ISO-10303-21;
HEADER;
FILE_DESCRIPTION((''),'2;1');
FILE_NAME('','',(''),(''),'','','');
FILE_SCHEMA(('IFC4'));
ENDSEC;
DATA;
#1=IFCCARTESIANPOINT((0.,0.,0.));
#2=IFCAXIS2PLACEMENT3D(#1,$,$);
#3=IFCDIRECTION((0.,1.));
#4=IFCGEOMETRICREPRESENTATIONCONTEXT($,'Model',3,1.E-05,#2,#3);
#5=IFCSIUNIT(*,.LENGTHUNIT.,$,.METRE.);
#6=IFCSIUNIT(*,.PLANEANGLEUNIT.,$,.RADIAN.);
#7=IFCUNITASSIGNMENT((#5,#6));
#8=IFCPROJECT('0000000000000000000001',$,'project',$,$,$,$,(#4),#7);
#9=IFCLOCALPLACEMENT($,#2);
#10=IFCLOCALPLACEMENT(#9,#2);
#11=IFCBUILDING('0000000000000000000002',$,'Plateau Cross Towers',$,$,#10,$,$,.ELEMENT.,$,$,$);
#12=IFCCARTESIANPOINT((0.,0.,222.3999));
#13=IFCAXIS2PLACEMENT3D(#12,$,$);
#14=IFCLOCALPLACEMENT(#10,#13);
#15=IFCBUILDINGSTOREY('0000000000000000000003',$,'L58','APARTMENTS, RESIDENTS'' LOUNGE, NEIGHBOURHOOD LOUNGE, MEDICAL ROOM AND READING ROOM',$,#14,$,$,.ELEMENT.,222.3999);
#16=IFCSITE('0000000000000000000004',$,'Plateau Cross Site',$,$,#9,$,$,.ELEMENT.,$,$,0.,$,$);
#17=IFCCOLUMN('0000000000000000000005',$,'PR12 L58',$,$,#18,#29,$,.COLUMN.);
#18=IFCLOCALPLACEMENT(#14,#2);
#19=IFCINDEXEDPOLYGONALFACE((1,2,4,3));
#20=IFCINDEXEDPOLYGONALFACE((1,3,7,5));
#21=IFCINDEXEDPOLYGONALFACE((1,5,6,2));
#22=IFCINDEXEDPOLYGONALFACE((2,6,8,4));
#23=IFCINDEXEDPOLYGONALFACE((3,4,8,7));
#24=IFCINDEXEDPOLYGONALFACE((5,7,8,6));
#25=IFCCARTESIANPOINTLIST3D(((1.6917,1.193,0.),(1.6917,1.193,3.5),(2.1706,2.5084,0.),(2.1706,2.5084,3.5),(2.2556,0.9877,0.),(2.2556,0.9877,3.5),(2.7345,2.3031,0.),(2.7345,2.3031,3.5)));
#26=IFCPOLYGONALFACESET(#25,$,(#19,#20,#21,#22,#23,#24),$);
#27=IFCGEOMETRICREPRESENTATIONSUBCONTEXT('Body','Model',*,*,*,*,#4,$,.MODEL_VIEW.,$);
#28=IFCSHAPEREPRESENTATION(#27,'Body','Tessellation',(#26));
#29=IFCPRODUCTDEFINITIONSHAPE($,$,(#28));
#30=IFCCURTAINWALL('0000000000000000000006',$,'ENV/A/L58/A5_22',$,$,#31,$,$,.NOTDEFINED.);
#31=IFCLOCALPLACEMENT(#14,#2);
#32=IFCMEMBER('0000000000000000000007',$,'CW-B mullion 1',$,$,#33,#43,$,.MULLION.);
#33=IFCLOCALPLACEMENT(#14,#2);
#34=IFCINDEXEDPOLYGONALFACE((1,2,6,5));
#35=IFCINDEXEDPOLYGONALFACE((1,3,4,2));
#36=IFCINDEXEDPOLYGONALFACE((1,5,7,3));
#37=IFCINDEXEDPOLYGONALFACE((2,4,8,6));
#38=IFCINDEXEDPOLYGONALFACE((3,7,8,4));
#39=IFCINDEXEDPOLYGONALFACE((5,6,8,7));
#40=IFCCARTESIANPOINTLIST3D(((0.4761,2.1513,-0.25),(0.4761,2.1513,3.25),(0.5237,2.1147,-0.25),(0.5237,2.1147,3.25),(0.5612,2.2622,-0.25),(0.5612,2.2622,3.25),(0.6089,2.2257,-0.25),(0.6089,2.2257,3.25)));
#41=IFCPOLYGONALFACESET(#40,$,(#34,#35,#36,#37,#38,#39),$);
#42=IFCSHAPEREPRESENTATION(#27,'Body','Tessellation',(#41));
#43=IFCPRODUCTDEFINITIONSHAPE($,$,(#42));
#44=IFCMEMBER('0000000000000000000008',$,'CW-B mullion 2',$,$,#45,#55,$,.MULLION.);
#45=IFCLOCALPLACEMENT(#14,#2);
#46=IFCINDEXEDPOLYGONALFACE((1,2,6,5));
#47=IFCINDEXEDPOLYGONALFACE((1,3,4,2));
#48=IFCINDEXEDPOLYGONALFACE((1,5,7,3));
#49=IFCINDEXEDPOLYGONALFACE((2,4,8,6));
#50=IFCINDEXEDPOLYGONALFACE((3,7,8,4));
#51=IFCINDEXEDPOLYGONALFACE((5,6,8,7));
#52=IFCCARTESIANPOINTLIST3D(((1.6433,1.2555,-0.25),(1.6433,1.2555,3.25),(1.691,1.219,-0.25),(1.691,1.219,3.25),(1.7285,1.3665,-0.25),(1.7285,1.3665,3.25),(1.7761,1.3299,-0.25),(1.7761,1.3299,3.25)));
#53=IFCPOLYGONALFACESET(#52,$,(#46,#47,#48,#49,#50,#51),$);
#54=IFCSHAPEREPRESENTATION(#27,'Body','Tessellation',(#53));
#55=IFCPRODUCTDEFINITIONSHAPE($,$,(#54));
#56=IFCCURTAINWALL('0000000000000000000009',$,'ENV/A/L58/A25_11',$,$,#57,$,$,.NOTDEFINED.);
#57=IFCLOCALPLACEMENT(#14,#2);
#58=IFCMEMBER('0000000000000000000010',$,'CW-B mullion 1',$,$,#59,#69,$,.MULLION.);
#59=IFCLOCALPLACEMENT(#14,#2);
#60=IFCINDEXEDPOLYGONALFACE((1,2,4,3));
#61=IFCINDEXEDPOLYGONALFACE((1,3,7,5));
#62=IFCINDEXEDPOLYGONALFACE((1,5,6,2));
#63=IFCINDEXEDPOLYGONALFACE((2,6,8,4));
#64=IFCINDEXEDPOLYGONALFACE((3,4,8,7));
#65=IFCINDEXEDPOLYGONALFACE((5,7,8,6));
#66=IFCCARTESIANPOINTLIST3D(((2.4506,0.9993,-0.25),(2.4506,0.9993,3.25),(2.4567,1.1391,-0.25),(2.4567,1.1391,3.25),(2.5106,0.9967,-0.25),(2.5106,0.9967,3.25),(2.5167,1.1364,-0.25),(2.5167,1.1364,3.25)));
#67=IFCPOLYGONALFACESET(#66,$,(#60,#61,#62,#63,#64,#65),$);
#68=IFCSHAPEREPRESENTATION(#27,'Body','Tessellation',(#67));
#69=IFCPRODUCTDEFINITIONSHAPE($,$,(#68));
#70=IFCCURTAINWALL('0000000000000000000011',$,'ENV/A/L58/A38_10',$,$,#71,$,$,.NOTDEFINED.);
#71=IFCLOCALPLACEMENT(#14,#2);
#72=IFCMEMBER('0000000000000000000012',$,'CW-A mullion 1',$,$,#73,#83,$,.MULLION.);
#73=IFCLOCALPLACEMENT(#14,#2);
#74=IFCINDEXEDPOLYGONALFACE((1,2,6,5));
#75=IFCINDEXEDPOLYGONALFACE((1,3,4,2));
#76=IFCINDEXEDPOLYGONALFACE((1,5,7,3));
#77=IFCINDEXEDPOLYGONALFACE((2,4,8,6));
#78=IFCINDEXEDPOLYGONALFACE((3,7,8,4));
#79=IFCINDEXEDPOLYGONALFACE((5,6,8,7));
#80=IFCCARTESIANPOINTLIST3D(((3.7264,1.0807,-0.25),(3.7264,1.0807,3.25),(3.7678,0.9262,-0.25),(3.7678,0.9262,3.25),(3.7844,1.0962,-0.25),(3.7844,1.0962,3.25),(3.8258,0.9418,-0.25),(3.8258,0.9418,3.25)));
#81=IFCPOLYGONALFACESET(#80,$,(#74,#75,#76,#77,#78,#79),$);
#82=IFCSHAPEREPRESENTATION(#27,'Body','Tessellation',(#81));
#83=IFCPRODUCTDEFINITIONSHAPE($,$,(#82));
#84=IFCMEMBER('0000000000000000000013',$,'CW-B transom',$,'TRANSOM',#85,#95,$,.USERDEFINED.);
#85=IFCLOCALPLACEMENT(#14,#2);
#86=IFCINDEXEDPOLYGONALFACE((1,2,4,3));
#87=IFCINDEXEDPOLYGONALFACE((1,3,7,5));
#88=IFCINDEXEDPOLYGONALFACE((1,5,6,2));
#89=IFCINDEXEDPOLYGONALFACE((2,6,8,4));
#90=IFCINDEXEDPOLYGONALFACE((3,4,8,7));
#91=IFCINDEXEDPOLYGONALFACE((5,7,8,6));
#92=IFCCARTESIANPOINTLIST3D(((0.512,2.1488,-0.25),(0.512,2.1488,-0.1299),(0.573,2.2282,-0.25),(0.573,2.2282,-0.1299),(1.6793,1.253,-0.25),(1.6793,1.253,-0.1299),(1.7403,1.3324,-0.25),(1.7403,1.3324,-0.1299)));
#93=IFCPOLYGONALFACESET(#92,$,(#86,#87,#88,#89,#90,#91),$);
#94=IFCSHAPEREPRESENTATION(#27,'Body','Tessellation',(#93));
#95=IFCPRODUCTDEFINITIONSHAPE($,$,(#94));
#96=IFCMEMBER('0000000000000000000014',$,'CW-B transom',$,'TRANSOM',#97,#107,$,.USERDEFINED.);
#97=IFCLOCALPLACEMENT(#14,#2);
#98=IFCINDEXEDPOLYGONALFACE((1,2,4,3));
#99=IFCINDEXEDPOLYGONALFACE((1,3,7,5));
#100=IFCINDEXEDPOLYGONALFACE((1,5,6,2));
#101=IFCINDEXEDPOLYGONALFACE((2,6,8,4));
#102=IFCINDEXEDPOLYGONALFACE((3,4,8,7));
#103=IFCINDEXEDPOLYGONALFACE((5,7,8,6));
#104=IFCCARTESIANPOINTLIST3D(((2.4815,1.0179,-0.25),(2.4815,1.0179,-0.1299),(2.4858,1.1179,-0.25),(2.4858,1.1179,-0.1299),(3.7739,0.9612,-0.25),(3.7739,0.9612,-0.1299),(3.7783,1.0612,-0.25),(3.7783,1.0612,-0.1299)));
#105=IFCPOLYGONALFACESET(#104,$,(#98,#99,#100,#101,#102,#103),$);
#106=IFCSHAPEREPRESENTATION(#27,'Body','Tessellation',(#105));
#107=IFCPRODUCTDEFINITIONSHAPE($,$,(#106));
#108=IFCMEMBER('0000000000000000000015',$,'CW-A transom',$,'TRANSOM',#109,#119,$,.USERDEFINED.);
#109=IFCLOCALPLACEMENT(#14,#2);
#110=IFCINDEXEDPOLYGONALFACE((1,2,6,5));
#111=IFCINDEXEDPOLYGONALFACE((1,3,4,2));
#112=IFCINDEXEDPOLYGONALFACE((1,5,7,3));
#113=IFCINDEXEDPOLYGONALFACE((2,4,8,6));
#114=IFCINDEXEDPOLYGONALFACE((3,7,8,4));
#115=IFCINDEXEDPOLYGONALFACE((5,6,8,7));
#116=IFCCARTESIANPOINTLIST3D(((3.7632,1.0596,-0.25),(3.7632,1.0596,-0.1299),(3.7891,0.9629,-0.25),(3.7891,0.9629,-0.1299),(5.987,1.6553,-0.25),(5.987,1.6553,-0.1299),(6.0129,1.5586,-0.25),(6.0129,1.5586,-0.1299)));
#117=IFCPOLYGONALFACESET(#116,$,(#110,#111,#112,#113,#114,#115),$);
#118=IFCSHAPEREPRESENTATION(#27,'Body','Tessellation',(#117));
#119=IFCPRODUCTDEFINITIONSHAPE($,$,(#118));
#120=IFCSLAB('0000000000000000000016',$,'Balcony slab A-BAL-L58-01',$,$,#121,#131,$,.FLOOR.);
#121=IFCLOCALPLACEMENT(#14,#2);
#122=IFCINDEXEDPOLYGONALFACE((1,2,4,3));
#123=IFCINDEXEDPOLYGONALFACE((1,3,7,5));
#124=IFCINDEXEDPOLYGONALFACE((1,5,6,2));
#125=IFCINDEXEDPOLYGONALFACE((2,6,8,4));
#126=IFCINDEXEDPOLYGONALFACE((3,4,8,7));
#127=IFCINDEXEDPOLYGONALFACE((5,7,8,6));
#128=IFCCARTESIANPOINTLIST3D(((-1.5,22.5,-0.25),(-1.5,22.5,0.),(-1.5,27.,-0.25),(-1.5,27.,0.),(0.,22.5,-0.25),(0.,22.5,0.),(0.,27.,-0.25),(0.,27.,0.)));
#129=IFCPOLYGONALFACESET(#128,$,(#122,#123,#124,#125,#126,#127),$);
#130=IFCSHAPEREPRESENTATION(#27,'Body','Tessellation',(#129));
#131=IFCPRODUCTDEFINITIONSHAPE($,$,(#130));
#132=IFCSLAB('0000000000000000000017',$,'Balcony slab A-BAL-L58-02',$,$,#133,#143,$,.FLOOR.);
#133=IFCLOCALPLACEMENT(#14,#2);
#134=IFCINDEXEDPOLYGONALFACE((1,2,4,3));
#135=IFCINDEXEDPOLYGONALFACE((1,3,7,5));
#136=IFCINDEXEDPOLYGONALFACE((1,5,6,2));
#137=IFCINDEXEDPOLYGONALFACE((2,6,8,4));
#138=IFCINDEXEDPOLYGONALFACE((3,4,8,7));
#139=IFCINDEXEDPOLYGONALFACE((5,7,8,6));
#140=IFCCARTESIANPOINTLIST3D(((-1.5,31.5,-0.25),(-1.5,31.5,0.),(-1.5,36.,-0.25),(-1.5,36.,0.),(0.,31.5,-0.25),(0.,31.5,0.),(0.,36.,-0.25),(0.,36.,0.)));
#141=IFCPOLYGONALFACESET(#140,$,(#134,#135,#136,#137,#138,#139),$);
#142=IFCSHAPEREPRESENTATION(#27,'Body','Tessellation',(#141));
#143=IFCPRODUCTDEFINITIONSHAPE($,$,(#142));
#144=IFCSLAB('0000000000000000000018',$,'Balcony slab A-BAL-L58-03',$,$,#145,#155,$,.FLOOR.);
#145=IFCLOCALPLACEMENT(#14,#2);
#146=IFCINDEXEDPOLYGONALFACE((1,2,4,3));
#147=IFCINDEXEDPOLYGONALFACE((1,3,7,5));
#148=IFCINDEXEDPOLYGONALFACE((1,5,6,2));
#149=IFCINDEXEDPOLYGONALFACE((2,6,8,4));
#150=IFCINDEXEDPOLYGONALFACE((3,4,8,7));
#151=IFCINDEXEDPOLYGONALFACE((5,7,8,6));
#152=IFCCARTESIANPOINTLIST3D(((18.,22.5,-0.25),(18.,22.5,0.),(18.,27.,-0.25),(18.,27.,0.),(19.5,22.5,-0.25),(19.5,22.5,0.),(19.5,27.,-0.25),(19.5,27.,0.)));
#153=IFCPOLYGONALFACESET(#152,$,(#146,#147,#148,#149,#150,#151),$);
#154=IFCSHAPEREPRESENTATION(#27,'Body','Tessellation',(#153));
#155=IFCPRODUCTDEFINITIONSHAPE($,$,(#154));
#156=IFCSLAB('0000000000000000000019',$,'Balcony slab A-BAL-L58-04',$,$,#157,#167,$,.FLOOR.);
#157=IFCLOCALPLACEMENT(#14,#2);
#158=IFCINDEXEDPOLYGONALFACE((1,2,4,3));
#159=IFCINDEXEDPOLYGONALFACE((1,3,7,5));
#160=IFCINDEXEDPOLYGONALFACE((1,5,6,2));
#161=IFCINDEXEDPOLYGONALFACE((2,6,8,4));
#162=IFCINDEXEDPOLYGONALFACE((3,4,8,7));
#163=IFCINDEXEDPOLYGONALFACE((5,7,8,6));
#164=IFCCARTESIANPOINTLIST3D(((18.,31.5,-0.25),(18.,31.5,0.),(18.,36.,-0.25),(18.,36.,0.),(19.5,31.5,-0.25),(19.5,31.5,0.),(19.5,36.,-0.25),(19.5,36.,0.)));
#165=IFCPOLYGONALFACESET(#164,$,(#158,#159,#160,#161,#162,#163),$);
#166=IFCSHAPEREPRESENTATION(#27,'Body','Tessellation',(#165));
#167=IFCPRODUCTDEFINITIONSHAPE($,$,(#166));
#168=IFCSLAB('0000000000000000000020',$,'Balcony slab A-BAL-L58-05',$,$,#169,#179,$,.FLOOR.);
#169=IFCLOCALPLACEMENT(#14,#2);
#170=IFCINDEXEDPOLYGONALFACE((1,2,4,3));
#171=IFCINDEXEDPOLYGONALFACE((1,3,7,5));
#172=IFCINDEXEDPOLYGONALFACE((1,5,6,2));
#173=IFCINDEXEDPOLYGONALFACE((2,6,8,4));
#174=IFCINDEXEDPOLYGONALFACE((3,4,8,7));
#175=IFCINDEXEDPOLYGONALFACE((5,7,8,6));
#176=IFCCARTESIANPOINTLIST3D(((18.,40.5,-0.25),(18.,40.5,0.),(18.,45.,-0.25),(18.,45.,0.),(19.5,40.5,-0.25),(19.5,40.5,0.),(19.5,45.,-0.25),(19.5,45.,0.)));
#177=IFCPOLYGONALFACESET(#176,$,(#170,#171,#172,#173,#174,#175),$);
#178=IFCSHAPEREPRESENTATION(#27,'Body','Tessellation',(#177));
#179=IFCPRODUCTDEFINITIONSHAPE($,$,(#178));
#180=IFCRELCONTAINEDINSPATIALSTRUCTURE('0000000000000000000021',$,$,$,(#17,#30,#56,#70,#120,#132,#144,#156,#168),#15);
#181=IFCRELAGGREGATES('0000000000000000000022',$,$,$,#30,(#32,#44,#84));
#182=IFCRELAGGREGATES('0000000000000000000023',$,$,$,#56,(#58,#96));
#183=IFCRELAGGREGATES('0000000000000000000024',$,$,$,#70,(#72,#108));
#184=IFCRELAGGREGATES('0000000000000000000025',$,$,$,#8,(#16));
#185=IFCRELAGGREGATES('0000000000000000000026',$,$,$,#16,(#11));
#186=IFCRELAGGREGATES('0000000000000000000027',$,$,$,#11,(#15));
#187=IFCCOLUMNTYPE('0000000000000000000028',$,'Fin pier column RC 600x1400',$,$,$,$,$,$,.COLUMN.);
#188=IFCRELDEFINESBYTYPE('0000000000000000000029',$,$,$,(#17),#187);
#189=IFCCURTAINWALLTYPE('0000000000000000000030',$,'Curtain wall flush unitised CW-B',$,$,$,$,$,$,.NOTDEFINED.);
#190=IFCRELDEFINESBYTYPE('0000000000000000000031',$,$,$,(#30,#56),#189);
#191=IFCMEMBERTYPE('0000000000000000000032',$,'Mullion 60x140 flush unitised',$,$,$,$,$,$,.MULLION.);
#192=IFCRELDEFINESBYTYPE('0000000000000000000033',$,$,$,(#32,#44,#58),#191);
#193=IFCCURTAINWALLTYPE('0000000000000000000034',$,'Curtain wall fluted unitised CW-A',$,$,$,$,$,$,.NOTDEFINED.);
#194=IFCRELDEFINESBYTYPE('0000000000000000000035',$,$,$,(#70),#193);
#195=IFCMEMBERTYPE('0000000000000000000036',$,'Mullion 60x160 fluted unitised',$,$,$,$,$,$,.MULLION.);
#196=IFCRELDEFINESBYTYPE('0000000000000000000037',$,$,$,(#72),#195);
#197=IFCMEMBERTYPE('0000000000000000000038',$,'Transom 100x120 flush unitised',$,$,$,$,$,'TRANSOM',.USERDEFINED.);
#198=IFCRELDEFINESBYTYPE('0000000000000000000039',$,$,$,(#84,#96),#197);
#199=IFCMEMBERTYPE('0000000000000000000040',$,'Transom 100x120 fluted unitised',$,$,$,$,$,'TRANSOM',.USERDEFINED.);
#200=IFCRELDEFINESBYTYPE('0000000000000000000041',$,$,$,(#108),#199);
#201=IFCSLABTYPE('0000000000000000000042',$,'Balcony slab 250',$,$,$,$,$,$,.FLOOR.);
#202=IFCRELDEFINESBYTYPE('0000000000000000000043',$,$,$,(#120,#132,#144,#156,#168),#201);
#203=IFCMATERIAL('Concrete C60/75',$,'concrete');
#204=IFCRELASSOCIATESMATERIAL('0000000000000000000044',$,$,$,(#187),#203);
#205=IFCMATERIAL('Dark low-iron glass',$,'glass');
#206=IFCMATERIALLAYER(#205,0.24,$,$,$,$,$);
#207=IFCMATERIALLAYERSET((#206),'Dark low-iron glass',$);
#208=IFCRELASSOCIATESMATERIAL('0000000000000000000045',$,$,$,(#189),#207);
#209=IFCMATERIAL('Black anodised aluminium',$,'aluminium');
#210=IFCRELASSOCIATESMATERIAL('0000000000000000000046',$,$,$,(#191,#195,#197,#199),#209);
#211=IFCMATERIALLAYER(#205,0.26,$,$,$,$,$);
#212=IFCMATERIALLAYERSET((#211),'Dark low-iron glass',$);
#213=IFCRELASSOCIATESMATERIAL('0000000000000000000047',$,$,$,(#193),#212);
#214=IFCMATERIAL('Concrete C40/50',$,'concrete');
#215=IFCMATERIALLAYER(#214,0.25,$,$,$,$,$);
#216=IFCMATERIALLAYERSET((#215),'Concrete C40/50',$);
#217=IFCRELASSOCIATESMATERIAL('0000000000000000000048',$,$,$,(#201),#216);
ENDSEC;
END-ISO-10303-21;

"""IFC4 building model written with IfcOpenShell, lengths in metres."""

from ifc_helpers import new_model, si_unit, direction, frame, origin, origin_2d, place, context, subcontext, project, spatial, polyline, rectangle, outline, extrude, material, layer, layer_set, material_profile, profile_set, type_object, element, aggregate, save


model = new_model("IFC4")

# Units and contexts
model_context = context("Model", 3, precision=1e-05, world=origin(), true_north=direction((0.0, 1.0)))
body_context = subcontext(model_context, "Body", "Model", "MODEL_VIEW")
ifc_project = project(units=[si_unit("LENGTHUNIT", "METRE"), si_unit("PLANEANGLEUNIT", "RADIAN")], contexts=[model_context])

# Site, building, storey
site_placement = place(None, origin())
site = spatial("IfcSite", under=ifc_project, at=site_placement, Name="Plateau Cross Site", CompositionType="ELEMENT", RefElevation=0.0)
building_placement = place(site_placement, origin())
building = spatial("IfcBuilding", under=site, at=building_placement, Name="Plateau Cross Towers", CompositionType="ELEMENT")
storey_placement = place(building_placement, frame((0.0, 0.0, 222.3999)))
storey = spatial("IfcBuildingStorey", under=building, at=storey_placement, Name="L58", Description="APARTMENTS, RESIDENTS' LOUNGE, NEIGHBOURHOOD LOUNGE, MEDICAL ROOM AND READING ROOM", CompositionType="ELEMENT", Elevation=222.3999)

# Column
ifc_material_1 = material(Name="Concrete C60/75", Category="concrete")
ifc_material_profile_1 = material_profile(ifc_material_1, rectangle(XDim=0.6001, YDim=1.3999, at=origin_2d()), Name="RC 600x1400")
ifc_profile_set_1 = profile_set([ifc_material_profile_1], Name="Concrete C60/75")
column_type = type_object("IfcColumnType", Name="Fin pier column RC 600x1400", PredefinedType="COLUMN", material=ifc_profile_set_1)
column_placement = place(storey_placement, frame((2.2131, 1.748, 0.0), z_axis=(0.0, 0.0, 1.0), x_axis=(-0.939664, 0.342098, 0.0)))
element("IfcColumn", 1, at=column_placement, inside=storey, type_object=column_type, Name="PR12 L58", PredefinedType="COLUMN", context=body_context, shape_type="SweptSolid", body=[
    extrude(rectangle(XDim=0.6001, YDim=1.3999, at=origin_2d()), origin(), (0.0, 0.0, 1.0), 3.5),
])

# Curtain wall, members
ifc_material_2 = material(Name="Dark low-iron glass", Category="glass")
ifc_layer_1 = layer(ifc_material_2, 0.24)
ifc_layer_set_1 = layer_set([ifc_layer_1], Name="Dark low-iron glass")
curtain_wall_type_1 = type_object("IfcCurtainWallType", Name="Curtain wall flush unitised CW-B", PredefinedType="NOTDEFINED", material=ifc_layer_set_1)
curtain_wall_1_placement = place(storey_placement, origin())
curtain_wall_1 = element("IfcCurtainWall", 2, at=curtain_wall_1_placement, inside=storey, type_object=curtain_wall_type_1, Name="ENV/A/L58/A5_22", PredefinedType="NOTDEFINED")
ifc_material_3 = material(Name="Black anodised aluminium", Category="aluminium")
ifc_material_profile_2 = material_profile(ifc_material_3, rectangle(XDim=0.0601, YDim=0.1399, at=origin_2d()), Name="MULLION 60x140")
ifc_profile_set_2 = profile_set([ifc_material_profile_2], Name="Black anodised aluminium")
member_type_1 = type_object("IfcMemberType", Name="Mullion 60x140 flush unitised", PredefinedType="MULLION", material=ifc_profile_set_2)
member_1_placement = place(storey_placement, frame((0.5425, 2.1885, -0.25), z_axis=(0.0, 0.0, 1.0), x_axis=(0.793316, -0.608811, 0.0)))
member_1 = element("IfcMember", 3, at=member_1_placement, type_object=member_type_1, Name="CW-B mullion 1", PredefinedType="MULLION", context=body_context, shape_type="SweptSolid", body=[
    extrude(rectangle(XDim=0.0601, YDim=0.1399, at=origin_2d()), origin(), (0.0, 0.0, 1.0), 3.5),
])
member_2_placement = place(storey_placement, frame((1.7097, 1.2927, -0.25), z_axis=(0.0, 0.0, 1.0), x_axis=(0.793316, -0.608811, 0.0)))
member_2 = element("IfcMember", 4, at=member_2_placement, type_object=member_type_1, Name="CW-B mullion 2", PredefinedType="MULLION", context=body_context, shape_type="SweptSolid", body=[
    extrude(rectangle(XDim=0.0601, YDim=0.1399, at=origin_2d()), origin(), (0.0, 0.0, 1.0), 3.5),
])

# Curtain walls, members
curtain_wall_2_placement = place(storey_placement, origin())
curtain_wall_2 = element("IfcCurtainWall", 5, at=curtain_wall_2_placement, inside=storey, type_object=curtain_wall_type_1, Name="ENV/A/L58/A25_11", PredefinedType="NOTDEFINED")
member_3_placement = place(storey_placement, frame((2.4836, 1.0679, -0.25), z_axis=(0.0, 0.0, 1.0), x_axis=(0.999044, -0.043723, 0.0)))
member_3 = element("IfcMember", 6, at=member_3_placement, type_object=member_type_1, Name="CW-B mullion 1", PredefinedType="MULLION", context=body_context, shape_type="SweptSolid", body=[
    extrude(rectangle(XDim=0.0601, YDim=0.1399, at=origin_2d()), origin(), (0.0, 0.0, 1.0), 3.5),
])
ifc_layer_2 = layer(ifc_material_2, 0.26)
ifc_layer_set_2 = layer_set([ifc_layer_2], Name="Dark low-iron glass")
curtain_wall_type_2 = type_object("IfcCurtainWallType", Name="Curtain wall fluted unitised CW-A", PredefinedType="NOTDEFINED", material=ifc_layer_set_2)
curtain_wall_3_placement = place(storey_placement, origin())
curtain_wall_3 = element("IfcCurtainWall", 7, at=curtain_wall_3_placement, inside=storey, type_object=curtain_wall_type_2, Name="ENV/A/L58/A38_10", PredefinedType="NOTDEFINED")
ifc_material_profile_3 = material_profile(ifc_material_3, rectangle(XDim=0.0601, YDim=0.1599, at=origin_2d()), Name="MULLION 60x160")
ifc_profile_set_3 = profile_set([ifc_material_profile_3], Name="Black anodised aluminium")
member_type_2 = type_object("IfcMemberType", Name="Mullion 60x160 fluted unitised", PredefinedType="MULLION", material=ifc_profile_set_3)
member_4_placement = place(storey_placement, frame((3.7761, 1.0112, -0.25), z_axis=(0.0, 0.0, 1.0), x_axis=(0.965958, 0.258699, 0.0)))
member_4 = element("IfcMember", 8, at=member_4_placement, type_object=member_type_2, Name="CW-A mullion 1", PredefinedType="MULLION", context=body_context, shape_type="SweptSolid", body=[
    extrude(rectangle(XDim=0.0601, YDim=0.1599, at=origin_2d()), origin(), (0.0, 0.0, 1.0), 3.5),
])

# Members
ifc_material_profile_4 = material_profile(ifc_material_3, rectangle(XDim=0.1001, YDim=0.1201, at=origin_2d()), Name="TRANSOM 100x120")
ifc_profile_set_4 = profile_set([ifc_material_profile_4], Name="Black anodised aluminium")
member_type_3 = type_object("IfcMemberType", Name="Transom 100x120 flush unitised", ElementType="TRANSOM", PredefinedType="USERDEFINED", material=ifc_profile_set_4)
member_5_placement = place(storey_placement, frame((0.5425, 2.1885, -0.1899), z_axis=(0.793321, -0.608804, 0.0), x_axis=(0.608804, 0.793321, 0.0)))
member_5 = element("IfcMember", 9, at=member_5_placement, type_object=member_type_3, Name="CW-B transom", ObjectType="TRANSOM", PredefinedType="USERDEFINED", context=body_context, shape_type="SweptSolid", body=[
    extrude(rectangle(XDim=0.1001, YDim=0.1201, at=origin_2d()), origin(), (0.0, 0.0, 1.0), 1.4714),
])
member_6_placement = place(storey_placement, frame((2.4836, 1.0679, -0.1899), z_axis=(0.999041, -0.043781, 0.0), x_axis=(0.043781, 0.999041, 0.0)))
member_6 = element("IfcMember", 10, at=member_6_placement, type_object=member_type_3, Name="CW-B transom", ObjectType="TRANSOM", PredefinedType="USERDEFINED", context=body_context, shape_type="SweptSolid", body=[
    extrude(rectangle(XDim=0.1001, YDim=0.1201, at=origin_2d()), origin(), (0.0, 0.0, 1.0), 1.2937),
])
ifc_material_profile_5 = material_profile(ifc_material_3, rectangle(XDim=0.1001, YDim=0.1201, at=origin_2d()), Name="TRANSOM 100x120")
ifc_profile_set_5 = profile_set([ifc_material_profile_5], Name="Black anodised aluminium")
member_type_4 = type_object("IfcMemberType", Name="Transom 100x120 fluted unitised", ElementType="TRANSOM", PredefinedType="USERDEFINED", material=ifc_profile_set_5)
member_7_placement = place(storey_placement, frame((3.7761, 1.0112, -0.1899), z_axis=(0.965946, 0.258745, 0.0), x_axis=(-0.258745, 0.965946, 0.0)))
member_7 = element("IfcMember", 11, at=member_7_placement, type_object=member_type_4, Name="CW-A transom", ObjectType="TRANSOM", PredefinedType="USERDEFINED", context=body_context, shape_type="SweptSolid", body=[
    extrude(rectangle(XDim=0.1001, YDim=0.1201, at=origin_2d()), origin(), (0.0, 0.0, 1.0), 2.3022),
])

# Slabs
ifc_material_4 = material(Name="Concrete C40/50", Category="concrete")
ifc_layer_3 = layer(ifc_material_4, 0.25)
ifc_layer_set_3 = layer_set([ifc_layer_3], Name="Concrete C40/50")
slab_type_1 = type_object("IfcSlabType", Name="Balcony slab 250", PredefinedType="FLOOR", material=ifc_layer_set_3)
slab_1_placement = place(storey_placement, frame((0.0, 0.0, -0.25)))
element("IfcSlab", 12, at=slab_1_placement, inside=storey, type_object=slab_type_1, Name="Balcony slab A-BAL-L58-01", PredefinedType="FLOOR", context=body_context, shape_type="SweptSolid", body=[
    extrude(outline(polyline([(0.0, 22.5), (0.0, 27.0), (-1.5, 27.0), (-1.5, 22.5), (0.0, 22.5)])), origin(), (0.0, 0.0, 1.0), 0.25),
])
slab_2_placement = place(storey_placement, frame((0.0, 0.0, -0.25)))
element("IfcSlab", 13, at=slab_2_placement, inside=storey, type_object=slab_type_1, Name="Balcony slab A-BAL-L58-02", PredefinedType="FLOOR", context=body_context, shape_type="SweptSolid", body=[
    extrude(outline(polyline([(0.0, 31.5), (0.0, 36.0), (-1.5, 36.0), (-1.5, 31.5), (0.0, 31.5)])), origin(), (0.0, 0.0, 1.0), 0.25),
])
slab_3_placement = place(storey_placement, frame((0.0, 0.0, -0.25)))
element("IfcSlab", 14, at=slab_3_placement, inside=storey, type_object=slab_type_1, Name="Balcony slab A-BAL-L58-03", PredefinedType="FLOOR", context=body_context, shape_type="SweptSolid", body=[
    extrude(outline(polyline([(19.5, 22.5), (19.5, 27.0), (18.0, 27.0), (18.0, 22.5), (19.5, 22.5)])), origin(), (0.0, 0.0, 1.0), 0.25),
])
slab_4_placement = place(storey_placement, frame((0.0, 0.0, -0.25)))
element("IfcSlab", 15, at=slab_4_placement, inside=storey, type_object=slab_type_1, Name="Balcony slab A-BAL-L58-04", PredefinedType="FLOOR", context=body_context, shape_type="SweptSolid", body=[
    extrude(outline(polyline([(19.5, 31.5), (19.5, 36.0), (18.0, 36.0), (18.0, 31.5), (19.5, 31.5)])), origin(), (0.0, 0.0, 1.0), 0.25),
])
slab_5_placement = place(storey_placement, frame((0.0, 0.0, -0.25)))
element("IfcSlab", 16, at=slab_5_placement, inside=storey, type_object=slab_type_1, Name="Balcony slab A-BAL-L58-05", PredefinedType="FLOOR", context=body_context, shape_type="SweptSolid", body=[
    extrude(outline(polyline([(19.5, 40.5), (19.5, 45.0), (18.0, 45.0), (18.0, 40.5), (19.5, 40.5)])), origin(), (0.0, 0.0, 1.0), 0.25),
])

aggregate(curtain_wall_1, [member_1, member_2, member_5])
aggregate(curtain_wall_2, [member_3, member_6])
aggregate(curtain_wall_3, [member_4, member_7])

save(model, "model.ifc")
